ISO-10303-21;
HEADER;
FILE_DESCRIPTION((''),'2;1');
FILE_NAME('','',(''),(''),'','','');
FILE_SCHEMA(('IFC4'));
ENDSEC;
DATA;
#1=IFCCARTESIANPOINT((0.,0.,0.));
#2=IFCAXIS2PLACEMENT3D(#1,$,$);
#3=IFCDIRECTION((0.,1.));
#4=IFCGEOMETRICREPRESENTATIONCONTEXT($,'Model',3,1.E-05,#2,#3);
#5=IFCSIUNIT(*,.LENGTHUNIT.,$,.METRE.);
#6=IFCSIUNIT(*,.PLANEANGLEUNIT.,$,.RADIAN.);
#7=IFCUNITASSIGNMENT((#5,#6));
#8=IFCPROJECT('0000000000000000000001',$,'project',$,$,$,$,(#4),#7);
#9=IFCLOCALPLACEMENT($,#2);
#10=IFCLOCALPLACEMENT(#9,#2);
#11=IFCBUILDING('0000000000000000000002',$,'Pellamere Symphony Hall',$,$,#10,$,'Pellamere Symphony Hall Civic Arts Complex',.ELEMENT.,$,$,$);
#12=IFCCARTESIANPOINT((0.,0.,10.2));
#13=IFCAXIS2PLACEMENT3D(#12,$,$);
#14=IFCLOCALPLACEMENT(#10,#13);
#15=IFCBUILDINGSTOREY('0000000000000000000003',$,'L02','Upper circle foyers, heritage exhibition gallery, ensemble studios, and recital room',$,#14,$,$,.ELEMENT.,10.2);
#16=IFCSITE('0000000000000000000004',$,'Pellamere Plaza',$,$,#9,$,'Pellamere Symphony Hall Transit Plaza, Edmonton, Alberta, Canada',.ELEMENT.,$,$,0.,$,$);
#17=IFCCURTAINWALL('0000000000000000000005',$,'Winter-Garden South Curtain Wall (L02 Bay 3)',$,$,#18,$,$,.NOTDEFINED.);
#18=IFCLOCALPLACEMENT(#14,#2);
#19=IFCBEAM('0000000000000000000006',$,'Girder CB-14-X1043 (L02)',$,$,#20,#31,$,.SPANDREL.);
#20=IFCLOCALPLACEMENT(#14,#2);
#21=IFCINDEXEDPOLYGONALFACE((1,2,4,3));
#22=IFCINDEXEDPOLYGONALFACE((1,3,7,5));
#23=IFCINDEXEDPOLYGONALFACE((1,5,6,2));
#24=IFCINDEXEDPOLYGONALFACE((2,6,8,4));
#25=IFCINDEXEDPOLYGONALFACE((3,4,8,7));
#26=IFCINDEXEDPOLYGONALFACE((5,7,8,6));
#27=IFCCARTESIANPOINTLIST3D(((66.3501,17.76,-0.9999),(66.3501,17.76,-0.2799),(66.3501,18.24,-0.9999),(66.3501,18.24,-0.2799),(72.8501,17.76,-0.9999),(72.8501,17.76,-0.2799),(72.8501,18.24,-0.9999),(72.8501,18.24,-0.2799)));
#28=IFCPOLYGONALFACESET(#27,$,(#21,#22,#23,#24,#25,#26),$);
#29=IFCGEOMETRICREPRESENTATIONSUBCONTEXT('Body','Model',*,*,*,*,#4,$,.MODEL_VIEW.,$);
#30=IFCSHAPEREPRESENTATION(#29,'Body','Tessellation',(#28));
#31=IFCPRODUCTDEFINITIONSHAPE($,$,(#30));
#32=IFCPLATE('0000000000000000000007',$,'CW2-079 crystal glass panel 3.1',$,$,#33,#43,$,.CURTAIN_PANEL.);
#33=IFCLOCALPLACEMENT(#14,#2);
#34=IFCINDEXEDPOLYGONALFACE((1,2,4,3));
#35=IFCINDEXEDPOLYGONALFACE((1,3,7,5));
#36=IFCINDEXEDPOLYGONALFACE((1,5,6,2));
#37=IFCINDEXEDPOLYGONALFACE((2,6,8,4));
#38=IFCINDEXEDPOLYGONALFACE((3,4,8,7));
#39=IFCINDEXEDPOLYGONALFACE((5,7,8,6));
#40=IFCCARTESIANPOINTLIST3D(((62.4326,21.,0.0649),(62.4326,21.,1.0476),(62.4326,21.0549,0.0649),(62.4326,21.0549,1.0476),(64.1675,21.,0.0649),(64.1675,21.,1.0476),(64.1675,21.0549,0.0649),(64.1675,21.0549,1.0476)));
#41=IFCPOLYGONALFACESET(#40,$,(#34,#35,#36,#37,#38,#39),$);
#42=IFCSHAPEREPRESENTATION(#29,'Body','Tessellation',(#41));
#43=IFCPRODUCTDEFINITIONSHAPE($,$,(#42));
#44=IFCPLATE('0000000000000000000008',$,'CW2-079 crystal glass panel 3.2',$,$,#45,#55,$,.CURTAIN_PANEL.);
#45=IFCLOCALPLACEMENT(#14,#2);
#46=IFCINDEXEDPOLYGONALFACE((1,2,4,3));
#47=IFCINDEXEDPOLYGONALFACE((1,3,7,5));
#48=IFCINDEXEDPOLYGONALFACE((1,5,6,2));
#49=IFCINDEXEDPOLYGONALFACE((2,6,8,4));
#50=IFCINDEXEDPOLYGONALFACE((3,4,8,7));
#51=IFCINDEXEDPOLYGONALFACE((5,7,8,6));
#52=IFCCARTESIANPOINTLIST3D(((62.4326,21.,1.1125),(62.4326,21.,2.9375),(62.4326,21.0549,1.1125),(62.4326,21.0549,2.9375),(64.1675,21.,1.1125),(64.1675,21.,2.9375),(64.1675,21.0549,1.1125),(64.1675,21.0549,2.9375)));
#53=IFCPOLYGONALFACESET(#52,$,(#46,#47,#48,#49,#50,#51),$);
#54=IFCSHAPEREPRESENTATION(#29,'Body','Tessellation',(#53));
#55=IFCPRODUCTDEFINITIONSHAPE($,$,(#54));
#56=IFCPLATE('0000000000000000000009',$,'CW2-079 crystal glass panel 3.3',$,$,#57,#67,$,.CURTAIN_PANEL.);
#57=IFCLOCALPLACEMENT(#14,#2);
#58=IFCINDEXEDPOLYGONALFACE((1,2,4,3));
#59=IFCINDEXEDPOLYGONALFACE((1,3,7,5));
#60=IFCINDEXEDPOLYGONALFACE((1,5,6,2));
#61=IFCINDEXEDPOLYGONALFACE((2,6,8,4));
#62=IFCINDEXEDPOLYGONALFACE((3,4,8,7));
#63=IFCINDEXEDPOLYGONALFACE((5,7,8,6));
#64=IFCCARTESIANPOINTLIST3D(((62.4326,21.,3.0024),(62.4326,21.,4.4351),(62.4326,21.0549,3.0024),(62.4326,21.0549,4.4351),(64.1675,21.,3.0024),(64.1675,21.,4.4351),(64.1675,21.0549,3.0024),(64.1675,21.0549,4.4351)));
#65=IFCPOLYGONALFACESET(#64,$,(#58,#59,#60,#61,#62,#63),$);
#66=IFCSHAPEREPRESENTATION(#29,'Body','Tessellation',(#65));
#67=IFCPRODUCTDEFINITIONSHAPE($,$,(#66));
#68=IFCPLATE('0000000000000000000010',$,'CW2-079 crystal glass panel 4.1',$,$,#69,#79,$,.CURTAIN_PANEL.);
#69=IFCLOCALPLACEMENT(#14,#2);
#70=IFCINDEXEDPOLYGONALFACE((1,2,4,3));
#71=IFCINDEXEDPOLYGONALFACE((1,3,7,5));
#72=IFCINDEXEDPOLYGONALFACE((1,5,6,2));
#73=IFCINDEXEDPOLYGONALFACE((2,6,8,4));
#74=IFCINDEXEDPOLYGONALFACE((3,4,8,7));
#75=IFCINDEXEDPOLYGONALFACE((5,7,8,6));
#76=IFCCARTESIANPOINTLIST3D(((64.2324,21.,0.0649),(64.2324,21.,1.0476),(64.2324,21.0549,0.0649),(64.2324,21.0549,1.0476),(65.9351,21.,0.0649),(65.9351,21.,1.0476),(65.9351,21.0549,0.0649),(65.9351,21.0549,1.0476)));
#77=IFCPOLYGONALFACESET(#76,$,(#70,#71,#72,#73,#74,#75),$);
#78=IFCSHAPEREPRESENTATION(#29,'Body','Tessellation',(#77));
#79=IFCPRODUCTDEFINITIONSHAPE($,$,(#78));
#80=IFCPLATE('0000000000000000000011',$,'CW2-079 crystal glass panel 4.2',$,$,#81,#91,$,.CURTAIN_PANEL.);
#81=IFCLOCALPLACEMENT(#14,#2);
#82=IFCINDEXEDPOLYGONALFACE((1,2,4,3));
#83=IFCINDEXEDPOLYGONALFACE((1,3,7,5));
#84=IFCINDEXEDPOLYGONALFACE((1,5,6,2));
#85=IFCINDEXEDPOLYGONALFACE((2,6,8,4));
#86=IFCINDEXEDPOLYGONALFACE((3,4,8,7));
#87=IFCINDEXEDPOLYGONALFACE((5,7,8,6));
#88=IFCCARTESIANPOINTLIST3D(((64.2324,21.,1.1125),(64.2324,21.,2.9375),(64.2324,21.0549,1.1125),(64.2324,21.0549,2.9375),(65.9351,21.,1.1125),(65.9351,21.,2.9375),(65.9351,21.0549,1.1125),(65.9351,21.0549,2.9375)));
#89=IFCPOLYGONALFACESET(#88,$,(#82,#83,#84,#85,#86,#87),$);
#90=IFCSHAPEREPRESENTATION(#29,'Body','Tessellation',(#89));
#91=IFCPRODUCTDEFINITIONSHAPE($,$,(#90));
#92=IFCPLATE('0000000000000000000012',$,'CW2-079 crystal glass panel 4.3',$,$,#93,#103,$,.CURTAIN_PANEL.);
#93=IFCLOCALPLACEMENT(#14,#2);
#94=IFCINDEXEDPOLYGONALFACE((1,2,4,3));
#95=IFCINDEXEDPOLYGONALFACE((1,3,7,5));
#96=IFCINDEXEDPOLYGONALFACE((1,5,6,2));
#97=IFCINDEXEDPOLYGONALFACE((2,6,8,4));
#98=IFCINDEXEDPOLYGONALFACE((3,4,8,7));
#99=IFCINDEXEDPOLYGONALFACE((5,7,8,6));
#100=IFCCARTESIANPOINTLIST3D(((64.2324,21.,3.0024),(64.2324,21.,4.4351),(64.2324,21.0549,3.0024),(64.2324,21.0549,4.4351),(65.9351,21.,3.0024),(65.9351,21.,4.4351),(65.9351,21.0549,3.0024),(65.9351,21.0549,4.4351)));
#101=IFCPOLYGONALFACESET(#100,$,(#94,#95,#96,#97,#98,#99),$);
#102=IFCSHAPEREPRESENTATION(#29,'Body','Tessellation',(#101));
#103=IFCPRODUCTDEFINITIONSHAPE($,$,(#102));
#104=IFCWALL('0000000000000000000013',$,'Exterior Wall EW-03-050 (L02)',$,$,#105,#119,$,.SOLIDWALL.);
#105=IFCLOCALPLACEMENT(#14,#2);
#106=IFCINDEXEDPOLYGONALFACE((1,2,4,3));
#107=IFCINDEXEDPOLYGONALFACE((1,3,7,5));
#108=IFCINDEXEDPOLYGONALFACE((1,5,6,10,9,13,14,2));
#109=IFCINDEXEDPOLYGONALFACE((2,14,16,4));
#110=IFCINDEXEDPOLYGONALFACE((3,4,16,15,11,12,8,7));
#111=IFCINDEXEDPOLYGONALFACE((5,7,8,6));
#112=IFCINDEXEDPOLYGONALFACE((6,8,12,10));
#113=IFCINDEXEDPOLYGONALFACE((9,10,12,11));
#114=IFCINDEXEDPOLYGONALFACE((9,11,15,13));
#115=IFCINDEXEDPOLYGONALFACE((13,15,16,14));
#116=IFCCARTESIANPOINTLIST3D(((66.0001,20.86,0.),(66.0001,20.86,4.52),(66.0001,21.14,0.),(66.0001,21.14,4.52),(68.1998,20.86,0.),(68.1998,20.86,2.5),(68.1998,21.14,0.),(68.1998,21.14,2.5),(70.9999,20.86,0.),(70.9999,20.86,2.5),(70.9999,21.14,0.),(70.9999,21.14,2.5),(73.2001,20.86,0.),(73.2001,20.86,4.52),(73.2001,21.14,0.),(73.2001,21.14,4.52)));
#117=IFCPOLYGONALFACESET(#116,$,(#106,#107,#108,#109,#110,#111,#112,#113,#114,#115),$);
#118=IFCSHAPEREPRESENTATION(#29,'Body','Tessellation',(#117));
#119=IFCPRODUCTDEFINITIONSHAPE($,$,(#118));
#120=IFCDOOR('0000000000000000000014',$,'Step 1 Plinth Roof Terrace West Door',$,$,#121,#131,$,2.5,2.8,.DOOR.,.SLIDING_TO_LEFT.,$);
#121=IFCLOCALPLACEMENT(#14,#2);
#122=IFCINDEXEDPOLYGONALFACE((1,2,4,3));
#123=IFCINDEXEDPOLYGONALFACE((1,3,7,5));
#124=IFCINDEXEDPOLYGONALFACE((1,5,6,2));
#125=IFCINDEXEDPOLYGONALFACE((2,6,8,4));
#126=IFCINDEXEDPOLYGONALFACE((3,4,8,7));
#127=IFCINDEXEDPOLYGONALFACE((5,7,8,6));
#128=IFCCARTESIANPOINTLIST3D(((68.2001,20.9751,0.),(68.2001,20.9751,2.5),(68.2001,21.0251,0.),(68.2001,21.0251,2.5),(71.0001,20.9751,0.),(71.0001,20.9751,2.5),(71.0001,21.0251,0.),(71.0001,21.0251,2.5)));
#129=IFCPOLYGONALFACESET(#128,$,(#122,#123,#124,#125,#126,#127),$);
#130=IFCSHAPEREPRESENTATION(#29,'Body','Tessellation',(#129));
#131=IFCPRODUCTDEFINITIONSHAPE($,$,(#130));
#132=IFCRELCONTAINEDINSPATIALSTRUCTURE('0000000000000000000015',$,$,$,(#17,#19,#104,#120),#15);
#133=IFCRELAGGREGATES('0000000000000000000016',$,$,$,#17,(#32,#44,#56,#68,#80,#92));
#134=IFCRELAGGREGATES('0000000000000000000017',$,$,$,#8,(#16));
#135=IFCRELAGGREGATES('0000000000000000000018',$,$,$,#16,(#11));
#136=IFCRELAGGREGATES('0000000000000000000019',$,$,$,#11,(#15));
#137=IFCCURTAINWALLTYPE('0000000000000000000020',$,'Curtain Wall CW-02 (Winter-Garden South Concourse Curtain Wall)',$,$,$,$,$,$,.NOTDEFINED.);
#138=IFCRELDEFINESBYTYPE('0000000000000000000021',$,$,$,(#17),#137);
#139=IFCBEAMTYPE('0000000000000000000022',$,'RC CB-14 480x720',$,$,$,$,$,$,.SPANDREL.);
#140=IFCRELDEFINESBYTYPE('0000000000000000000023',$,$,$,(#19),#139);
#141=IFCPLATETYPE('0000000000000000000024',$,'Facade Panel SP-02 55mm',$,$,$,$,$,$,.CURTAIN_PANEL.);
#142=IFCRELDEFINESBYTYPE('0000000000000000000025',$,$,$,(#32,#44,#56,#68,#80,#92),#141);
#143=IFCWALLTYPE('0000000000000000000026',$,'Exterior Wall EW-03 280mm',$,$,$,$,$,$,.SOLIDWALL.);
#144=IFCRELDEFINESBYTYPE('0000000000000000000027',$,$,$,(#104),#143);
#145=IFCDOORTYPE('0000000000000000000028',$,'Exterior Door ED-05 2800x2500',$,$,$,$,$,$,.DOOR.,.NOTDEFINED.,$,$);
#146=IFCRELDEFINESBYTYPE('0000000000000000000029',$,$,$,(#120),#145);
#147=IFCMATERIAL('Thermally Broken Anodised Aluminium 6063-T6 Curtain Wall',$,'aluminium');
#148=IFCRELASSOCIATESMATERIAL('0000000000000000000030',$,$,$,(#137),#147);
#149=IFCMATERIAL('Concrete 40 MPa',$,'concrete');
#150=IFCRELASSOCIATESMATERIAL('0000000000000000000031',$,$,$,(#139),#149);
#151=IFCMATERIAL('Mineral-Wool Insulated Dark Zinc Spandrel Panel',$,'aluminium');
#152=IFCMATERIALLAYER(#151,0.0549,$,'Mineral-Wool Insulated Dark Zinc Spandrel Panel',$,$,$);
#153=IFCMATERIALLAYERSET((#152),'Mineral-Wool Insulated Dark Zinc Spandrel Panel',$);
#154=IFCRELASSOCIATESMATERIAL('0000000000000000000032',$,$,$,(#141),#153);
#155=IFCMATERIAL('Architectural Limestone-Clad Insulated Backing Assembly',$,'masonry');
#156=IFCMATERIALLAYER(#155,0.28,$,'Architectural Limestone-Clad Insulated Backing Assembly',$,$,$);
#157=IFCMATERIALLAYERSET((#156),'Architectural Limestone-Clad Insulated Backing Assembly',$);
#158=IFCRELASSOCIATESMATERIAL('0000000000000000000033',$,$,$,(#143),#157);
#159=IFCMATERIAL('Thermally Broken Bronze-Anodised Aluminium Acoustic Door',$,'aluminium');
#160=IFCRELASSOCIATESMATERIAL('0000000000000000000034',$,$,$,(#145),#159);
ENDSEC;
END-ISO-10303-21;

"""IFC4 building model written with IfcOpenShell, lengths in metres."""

from ifc_helpers import new_model, si_unit, direction, frame, frame_2d, origin, origin_2d, place, context, subcontext, project, spatial, polyline, rectangle, outline, extrude, material, layer, layer_set, material_profile, profile_set, type_object, element, fill, aggregate, save


model = new_model("IFC4")

# Units and contexts
model_context = context("Model", 3, precision=1e-05, world=origin(), true_north=direction((0.0, 1.0)))
body_context = subcontext(model_context, "Body", "Model", "MODEL_VIEW")
ifc_project = project(units=[si_unit("LENGTHUNIT", "METRE"), si_unit("PLANEANGLEUNIT", "RADIAN")], contexts=[model_context])

# Site, building, storey
site_placement = place(None, origin())
site = spatial("IfcSite", under=ifc_project, at=site_placement, Name="Pellamere Plaza", LongName="Pellamere Symphony Hall Transit Plaza, Edmonton, Alberta, Canada", CompositionType="ELEMENT", RefElevation=0.0)
building_placement = place(site_placement, origin())
building = spatial("IfcBuilding", under=site, at=building_placement, Name="Pellamere Symphony Hall", LongName="Pellamere Symphony Hall Civic Arts Complex", CompositionType="ELEMENT")
storey_placement = place(building_placement, frame((0.0, 0.0, 10.2)))
storey = spatial("IfcBuildingStorey", under=building, at=storey_placement, Name="L02", Description="Upper circle foyers, heritage exhibition gallery, ensemble studios, and recital room", CompositionType="ELEMENT", Elevation=10.2)

# Curtain wall
ifc_material_1 = material(Name="Thermally Broken Anodised Aluminium 6063-T6 Curtain Wall", Category="aluminium")
curtain_wall_type = type_object("IfcCurtainWallType", Name="Curtain Wall CW-02 (Winter-Garden South Concourse Curtain Wall)", PredefinedType="NOTDEFINED", material=ifc_material_1)
curtain_wall_1_placement = place(storey_placement, origin())
curtain_wall_1 = element("IfcCurtainWall", 1, at=curtain_wall_1_placement, inside=storey, type_object=curtain_wall_type, Name="Winter-Garden South Curtain Wall (L02 Bay 3)", PredefinedType="NOTDEFINED")

# Beam
ifc_material_2 = material(Name="Concrete 40 MPa", Category="concrete")
ifc_material_profile_1 = material_profile(ifc_material_2, rectangle(XDim=0.48, YDim=0.72, at=origin_2d()), Name="RC 480x720")
ifc_profile_set_1 = profile_set([ifc_material_profile_1], Name="Concrete 40 MPa")
beam_type_1 = type_object("IfcBeamType", Name="RC CB-14 480x720", PredefinedType="SPANDREL", material=ifc_profile_set_1)
beam_1_placement = place(storey_placement, frame((66.3501, 18.0, -0.6399), z_axis=(1.0, 0.0, 0.0), x_axis=(0.0, 1.0, 0.0)))
element("IfcBeam", 2, at=beam_1_placement, inside=storey, type_object=beam_type_1, Name="Girder CB-14-X1043 (L02)", PredefinedType="SPANDREL", context=body_context, shape_type="SweptSolid", body=[
    extrude(rectangle(XDim=0.48, YDim=0.72, at=origin_2d()), origin(), (0.0, 0.0, 1.0), 6.5),
])

# Plates
ifc_material_3 = material(Name="Mineral-Wool Insulated Dark Zinc Spandrel Panel", Category="aluminium")
ifc_layer_1 = layer(ifc_material_3, 0.0549, Name="Mineral-Wool Insulated Dark Zinc Spandrel Panel")
ifc_layer_set_1 = layer_set([ifc_layer_1], Name="Mineral-Wool Insulated Dark Zinc Spandrel Panel")
plate_type = type_object("IfcPlateType", Name="Facade Panel SP-02 55mm", PredefinedType="CURTAIN_PANEL", material=ifc_layer_set_1)
plate_1_placement = place(storey_placement, frame((62.4326, 21.0, 0.0649), z_axis=(0.0, -1.0, 0.0), x_axis=(1.0, 0.0, 0.0)))
plate_1 = element("IfcPlate", 3, at=plate_1_placement, type_object=plate_type, Name="CW2-079 crystal glass panel 3.1", PredefinedType="CURTAIN_PANEL", context=body_context, shape_type="SweptSolid", body=[
    extrude(outline(polyline([(0.0, 0.0), (1.7349, 0.0), (1.7349, 0.9827), (0.0, 0.9827), (0.0, 0.0)])), origin(), (0.0, 0.0, -1.0), 0.0549),
])
plate_2_placement = place(storey_placement, frame((62.4326, 21.0, 1.1125), z_axis=(0.0, -1.0, 0.0), x_axis=(1.0, 0.0, 0.0)))
plate_2 = element("IfcPlate", 4, at=plate_2_placement, type_object=plate_type, Name="CW2-079 crystal glass panel 3.2", PredefinedType="CURTAIN_PANEL", context=body_context, shape_type="SweptSolid", body=[
    extrude(outline(polyline([(0.0, 0.0), (1.7349, 0.0), (1.7349, 1.825), (0.0, 1.825), (0.0, 0.0)])), origin(), (0.0, 0.0, -1.0), 0.0549),
])
plate_3_placement = place(storey_placement, frame((62.4326, 21.0, 3.0024), z_axis=(0.0, -1.0, 0.0), x_axis=(1.0, 0.0, 0.0)))
plate_3 = element("IfcPlate", 5, at=plate_3_placement, type_object=plate_type, Name="CW2-079 crystal glass panel 3.3", PredefinedType="CURTAIN_PANEL", context=body_context, shape_type="SweptSolid", body=[
    extrude(outline(polyline([(0.0, 0.0), (1.7349, 0.0), (1.7349, 1.4326), (0.0, 1.4326), (0.0, 0.0)])), origin(), (0.0, 0.0, -1.0), 0.0549),
])
plate_4_placement = place(storey_placement, frame((64.2324, 21.0, 0.0649), z_axis=(0.0, -1.0, 0.0), x_axis=(1.0, 0.0, 0.0)))
plate_4 = element("IfcPlate", 6, at=plate_4_placement, type_object=plate_type, Name="CW2-079 crystal glass panel 4.1", PredefinedType="CURTAIN_PANEL", context=body_context, shape_type="SweptSolid", body=[
    extrude(outline(polyline([(0.0, 0.0), (1.7026, 0.0), (1.7026, 0.9827), (0.0, 0.9827), (0.0, 0.0)])), origin(), (0.0, 0.0, -1.0), 0.0549),
])
plate_5_placement = place(storey_placement, frame((64.2324, 21.0, 1.1125), z_axis=(0.0, -1.0, 0.0), x_axis=(1.0, 0.0, 0.0)))
plate_5 = element("IfcPlate", 7, at=plate_5_placement, type_object=plate_type, Name="CW2-079 crystal glass panel 4.2", PredefinedType="CURTAIN_PANEL", context=body_context, shape_type="SweptSolid", body=[
    extrude(outline(polyline([(0.0, 0.0), (1.7026, 0.0), (1.7026, 1.825), (0.0, 1.825), (0.0, 0.0)])), origin(), (0.0, 0.0, -1.0), 0.0549),
])
plate_6_placement = place(storey_placement, frame((64.2324, 21.0, 3.0024), z_axis=(0.0, -1.0, 0.0), x_axis=(1.0, 0.0, 0.0)))
plate_6 = element("IfcPlate", 8, at=plate_6_placement, type_object=plate_type, Name="CW2-079 crystal glass panel 4.3", PredefinedType="CURTAIN_PANEL", context=body_context, shape_type="SweptSolid", body=[
    extrude(outline(polyline([(0.0, 0.0), (1.7026, 0.0), (1.7026, 1.4326), (0.0, 1.4326), (0.0, 0.0)])), origin(), (0.0, 0.0, -1.0), 0.0549),
])
aggregate(curtain_wall_1, [plate_1, plate_2, plate_3, plate_4, plate_5, plate_6])

# Wall, opening, door
ifc_material_4 = material(Name="Architectural Limestone-Clad Insulated Backing Assembly", Category="masonry")
ifc_layer_2 = layer(ifc_material_4, 0.28, Name="Architectural Limestone-Clad Insulated Backing Assembly")
ifc_layer_set_2 = layer_set([ifc_layer_2], Name="Architectural Limestone-Clad Insulated Backing Assembly")
wall_type = type_object("IfcWallType", Name="Exterior Wall EW-03 280mm", PredefinedType="SOLIDWALL", material=ifc_layer_set_2)
wall_placement = place(storey_placement, frame((66.0, 21.0, 0.0), z_axis=(0.0, 0.0, 1.0), x_axis=(1.0, 0.0, 0.0)))
wall = element("IfcWall", 9, at=wall_placement, inside=storey, type_object=wall_type, Name="Exterior Wall EW-03-050 (L02)", PredefinedType="SOLIDWALL", context=body_context, shape_type="SweptSolid", body=[
    extrude(rectangle(XDim=7.2, YDim=0.28, at=frame_2d((3.6001, 0.0))), origin(), (0.0, 0.0, 1.0), 4.52),
])
opening_placement = place(wall_placement, frame((2.2, 0.0, 0.0)))
opening = element("IfcOpeningElement", 10, at=opening_placement, cuts=wall, PredefinedType="OPENING", context=body_context, shape_type="SweptSolid", body=[
    extrude(rectangle(XDim=2.8, YDim=2.5, at=frame_2d((1.3999, 1.25))), frame((0.0, 0.1499, 0.0), z_axis=(0.0, -1.0, 0.0), x_axis=(1.0, 0.0, 0.0)), (0.0, 0.0, 1.0), 0.3),
])
ifc_material_5 = material(Name="Thermally Broken Bronze-Anodised Aluminium Acoustic Door", Category="aluminium")
door_type = type_object("IfcDoorType", Name="Exterior Door ED-05 2800x2500", OperationType="NOTDEFINED", PredefinedType="DOOR", material=ifc_material_5)
door_placement = place(opening_placement, frame((2.8, 0.0, 0.0), z_axis=(0.0, 0.0, 1.0), x_axis=(-1.0, 0.0, 0.0)))
door = element("IfcDoor", 11, at=door_placement, inside=storey, type_object=door_type, Name="Step 1 Plinth Roof Terrace West Door", OperationType="SLIDING_TO_LEFT", OverallHeight=2.5, OverallWidth=2.8, PredefinedType="DOOR", context=body_context, shape_type="SweptSolid", body=[
    extrude(rectangle(XDim=2.8, YDim=2.5, at=frame_2d((1.3999, 1.25))), frame((0.0, 0.0249, 0.0), z_axis=(0.0, -1.0, 0.0), x_axis=(1.0, 0.0, 0.0)), (0.0, 0.0, 1.0), 0.05),
])
fill(opening, door)

save(model, "model.ifc")
